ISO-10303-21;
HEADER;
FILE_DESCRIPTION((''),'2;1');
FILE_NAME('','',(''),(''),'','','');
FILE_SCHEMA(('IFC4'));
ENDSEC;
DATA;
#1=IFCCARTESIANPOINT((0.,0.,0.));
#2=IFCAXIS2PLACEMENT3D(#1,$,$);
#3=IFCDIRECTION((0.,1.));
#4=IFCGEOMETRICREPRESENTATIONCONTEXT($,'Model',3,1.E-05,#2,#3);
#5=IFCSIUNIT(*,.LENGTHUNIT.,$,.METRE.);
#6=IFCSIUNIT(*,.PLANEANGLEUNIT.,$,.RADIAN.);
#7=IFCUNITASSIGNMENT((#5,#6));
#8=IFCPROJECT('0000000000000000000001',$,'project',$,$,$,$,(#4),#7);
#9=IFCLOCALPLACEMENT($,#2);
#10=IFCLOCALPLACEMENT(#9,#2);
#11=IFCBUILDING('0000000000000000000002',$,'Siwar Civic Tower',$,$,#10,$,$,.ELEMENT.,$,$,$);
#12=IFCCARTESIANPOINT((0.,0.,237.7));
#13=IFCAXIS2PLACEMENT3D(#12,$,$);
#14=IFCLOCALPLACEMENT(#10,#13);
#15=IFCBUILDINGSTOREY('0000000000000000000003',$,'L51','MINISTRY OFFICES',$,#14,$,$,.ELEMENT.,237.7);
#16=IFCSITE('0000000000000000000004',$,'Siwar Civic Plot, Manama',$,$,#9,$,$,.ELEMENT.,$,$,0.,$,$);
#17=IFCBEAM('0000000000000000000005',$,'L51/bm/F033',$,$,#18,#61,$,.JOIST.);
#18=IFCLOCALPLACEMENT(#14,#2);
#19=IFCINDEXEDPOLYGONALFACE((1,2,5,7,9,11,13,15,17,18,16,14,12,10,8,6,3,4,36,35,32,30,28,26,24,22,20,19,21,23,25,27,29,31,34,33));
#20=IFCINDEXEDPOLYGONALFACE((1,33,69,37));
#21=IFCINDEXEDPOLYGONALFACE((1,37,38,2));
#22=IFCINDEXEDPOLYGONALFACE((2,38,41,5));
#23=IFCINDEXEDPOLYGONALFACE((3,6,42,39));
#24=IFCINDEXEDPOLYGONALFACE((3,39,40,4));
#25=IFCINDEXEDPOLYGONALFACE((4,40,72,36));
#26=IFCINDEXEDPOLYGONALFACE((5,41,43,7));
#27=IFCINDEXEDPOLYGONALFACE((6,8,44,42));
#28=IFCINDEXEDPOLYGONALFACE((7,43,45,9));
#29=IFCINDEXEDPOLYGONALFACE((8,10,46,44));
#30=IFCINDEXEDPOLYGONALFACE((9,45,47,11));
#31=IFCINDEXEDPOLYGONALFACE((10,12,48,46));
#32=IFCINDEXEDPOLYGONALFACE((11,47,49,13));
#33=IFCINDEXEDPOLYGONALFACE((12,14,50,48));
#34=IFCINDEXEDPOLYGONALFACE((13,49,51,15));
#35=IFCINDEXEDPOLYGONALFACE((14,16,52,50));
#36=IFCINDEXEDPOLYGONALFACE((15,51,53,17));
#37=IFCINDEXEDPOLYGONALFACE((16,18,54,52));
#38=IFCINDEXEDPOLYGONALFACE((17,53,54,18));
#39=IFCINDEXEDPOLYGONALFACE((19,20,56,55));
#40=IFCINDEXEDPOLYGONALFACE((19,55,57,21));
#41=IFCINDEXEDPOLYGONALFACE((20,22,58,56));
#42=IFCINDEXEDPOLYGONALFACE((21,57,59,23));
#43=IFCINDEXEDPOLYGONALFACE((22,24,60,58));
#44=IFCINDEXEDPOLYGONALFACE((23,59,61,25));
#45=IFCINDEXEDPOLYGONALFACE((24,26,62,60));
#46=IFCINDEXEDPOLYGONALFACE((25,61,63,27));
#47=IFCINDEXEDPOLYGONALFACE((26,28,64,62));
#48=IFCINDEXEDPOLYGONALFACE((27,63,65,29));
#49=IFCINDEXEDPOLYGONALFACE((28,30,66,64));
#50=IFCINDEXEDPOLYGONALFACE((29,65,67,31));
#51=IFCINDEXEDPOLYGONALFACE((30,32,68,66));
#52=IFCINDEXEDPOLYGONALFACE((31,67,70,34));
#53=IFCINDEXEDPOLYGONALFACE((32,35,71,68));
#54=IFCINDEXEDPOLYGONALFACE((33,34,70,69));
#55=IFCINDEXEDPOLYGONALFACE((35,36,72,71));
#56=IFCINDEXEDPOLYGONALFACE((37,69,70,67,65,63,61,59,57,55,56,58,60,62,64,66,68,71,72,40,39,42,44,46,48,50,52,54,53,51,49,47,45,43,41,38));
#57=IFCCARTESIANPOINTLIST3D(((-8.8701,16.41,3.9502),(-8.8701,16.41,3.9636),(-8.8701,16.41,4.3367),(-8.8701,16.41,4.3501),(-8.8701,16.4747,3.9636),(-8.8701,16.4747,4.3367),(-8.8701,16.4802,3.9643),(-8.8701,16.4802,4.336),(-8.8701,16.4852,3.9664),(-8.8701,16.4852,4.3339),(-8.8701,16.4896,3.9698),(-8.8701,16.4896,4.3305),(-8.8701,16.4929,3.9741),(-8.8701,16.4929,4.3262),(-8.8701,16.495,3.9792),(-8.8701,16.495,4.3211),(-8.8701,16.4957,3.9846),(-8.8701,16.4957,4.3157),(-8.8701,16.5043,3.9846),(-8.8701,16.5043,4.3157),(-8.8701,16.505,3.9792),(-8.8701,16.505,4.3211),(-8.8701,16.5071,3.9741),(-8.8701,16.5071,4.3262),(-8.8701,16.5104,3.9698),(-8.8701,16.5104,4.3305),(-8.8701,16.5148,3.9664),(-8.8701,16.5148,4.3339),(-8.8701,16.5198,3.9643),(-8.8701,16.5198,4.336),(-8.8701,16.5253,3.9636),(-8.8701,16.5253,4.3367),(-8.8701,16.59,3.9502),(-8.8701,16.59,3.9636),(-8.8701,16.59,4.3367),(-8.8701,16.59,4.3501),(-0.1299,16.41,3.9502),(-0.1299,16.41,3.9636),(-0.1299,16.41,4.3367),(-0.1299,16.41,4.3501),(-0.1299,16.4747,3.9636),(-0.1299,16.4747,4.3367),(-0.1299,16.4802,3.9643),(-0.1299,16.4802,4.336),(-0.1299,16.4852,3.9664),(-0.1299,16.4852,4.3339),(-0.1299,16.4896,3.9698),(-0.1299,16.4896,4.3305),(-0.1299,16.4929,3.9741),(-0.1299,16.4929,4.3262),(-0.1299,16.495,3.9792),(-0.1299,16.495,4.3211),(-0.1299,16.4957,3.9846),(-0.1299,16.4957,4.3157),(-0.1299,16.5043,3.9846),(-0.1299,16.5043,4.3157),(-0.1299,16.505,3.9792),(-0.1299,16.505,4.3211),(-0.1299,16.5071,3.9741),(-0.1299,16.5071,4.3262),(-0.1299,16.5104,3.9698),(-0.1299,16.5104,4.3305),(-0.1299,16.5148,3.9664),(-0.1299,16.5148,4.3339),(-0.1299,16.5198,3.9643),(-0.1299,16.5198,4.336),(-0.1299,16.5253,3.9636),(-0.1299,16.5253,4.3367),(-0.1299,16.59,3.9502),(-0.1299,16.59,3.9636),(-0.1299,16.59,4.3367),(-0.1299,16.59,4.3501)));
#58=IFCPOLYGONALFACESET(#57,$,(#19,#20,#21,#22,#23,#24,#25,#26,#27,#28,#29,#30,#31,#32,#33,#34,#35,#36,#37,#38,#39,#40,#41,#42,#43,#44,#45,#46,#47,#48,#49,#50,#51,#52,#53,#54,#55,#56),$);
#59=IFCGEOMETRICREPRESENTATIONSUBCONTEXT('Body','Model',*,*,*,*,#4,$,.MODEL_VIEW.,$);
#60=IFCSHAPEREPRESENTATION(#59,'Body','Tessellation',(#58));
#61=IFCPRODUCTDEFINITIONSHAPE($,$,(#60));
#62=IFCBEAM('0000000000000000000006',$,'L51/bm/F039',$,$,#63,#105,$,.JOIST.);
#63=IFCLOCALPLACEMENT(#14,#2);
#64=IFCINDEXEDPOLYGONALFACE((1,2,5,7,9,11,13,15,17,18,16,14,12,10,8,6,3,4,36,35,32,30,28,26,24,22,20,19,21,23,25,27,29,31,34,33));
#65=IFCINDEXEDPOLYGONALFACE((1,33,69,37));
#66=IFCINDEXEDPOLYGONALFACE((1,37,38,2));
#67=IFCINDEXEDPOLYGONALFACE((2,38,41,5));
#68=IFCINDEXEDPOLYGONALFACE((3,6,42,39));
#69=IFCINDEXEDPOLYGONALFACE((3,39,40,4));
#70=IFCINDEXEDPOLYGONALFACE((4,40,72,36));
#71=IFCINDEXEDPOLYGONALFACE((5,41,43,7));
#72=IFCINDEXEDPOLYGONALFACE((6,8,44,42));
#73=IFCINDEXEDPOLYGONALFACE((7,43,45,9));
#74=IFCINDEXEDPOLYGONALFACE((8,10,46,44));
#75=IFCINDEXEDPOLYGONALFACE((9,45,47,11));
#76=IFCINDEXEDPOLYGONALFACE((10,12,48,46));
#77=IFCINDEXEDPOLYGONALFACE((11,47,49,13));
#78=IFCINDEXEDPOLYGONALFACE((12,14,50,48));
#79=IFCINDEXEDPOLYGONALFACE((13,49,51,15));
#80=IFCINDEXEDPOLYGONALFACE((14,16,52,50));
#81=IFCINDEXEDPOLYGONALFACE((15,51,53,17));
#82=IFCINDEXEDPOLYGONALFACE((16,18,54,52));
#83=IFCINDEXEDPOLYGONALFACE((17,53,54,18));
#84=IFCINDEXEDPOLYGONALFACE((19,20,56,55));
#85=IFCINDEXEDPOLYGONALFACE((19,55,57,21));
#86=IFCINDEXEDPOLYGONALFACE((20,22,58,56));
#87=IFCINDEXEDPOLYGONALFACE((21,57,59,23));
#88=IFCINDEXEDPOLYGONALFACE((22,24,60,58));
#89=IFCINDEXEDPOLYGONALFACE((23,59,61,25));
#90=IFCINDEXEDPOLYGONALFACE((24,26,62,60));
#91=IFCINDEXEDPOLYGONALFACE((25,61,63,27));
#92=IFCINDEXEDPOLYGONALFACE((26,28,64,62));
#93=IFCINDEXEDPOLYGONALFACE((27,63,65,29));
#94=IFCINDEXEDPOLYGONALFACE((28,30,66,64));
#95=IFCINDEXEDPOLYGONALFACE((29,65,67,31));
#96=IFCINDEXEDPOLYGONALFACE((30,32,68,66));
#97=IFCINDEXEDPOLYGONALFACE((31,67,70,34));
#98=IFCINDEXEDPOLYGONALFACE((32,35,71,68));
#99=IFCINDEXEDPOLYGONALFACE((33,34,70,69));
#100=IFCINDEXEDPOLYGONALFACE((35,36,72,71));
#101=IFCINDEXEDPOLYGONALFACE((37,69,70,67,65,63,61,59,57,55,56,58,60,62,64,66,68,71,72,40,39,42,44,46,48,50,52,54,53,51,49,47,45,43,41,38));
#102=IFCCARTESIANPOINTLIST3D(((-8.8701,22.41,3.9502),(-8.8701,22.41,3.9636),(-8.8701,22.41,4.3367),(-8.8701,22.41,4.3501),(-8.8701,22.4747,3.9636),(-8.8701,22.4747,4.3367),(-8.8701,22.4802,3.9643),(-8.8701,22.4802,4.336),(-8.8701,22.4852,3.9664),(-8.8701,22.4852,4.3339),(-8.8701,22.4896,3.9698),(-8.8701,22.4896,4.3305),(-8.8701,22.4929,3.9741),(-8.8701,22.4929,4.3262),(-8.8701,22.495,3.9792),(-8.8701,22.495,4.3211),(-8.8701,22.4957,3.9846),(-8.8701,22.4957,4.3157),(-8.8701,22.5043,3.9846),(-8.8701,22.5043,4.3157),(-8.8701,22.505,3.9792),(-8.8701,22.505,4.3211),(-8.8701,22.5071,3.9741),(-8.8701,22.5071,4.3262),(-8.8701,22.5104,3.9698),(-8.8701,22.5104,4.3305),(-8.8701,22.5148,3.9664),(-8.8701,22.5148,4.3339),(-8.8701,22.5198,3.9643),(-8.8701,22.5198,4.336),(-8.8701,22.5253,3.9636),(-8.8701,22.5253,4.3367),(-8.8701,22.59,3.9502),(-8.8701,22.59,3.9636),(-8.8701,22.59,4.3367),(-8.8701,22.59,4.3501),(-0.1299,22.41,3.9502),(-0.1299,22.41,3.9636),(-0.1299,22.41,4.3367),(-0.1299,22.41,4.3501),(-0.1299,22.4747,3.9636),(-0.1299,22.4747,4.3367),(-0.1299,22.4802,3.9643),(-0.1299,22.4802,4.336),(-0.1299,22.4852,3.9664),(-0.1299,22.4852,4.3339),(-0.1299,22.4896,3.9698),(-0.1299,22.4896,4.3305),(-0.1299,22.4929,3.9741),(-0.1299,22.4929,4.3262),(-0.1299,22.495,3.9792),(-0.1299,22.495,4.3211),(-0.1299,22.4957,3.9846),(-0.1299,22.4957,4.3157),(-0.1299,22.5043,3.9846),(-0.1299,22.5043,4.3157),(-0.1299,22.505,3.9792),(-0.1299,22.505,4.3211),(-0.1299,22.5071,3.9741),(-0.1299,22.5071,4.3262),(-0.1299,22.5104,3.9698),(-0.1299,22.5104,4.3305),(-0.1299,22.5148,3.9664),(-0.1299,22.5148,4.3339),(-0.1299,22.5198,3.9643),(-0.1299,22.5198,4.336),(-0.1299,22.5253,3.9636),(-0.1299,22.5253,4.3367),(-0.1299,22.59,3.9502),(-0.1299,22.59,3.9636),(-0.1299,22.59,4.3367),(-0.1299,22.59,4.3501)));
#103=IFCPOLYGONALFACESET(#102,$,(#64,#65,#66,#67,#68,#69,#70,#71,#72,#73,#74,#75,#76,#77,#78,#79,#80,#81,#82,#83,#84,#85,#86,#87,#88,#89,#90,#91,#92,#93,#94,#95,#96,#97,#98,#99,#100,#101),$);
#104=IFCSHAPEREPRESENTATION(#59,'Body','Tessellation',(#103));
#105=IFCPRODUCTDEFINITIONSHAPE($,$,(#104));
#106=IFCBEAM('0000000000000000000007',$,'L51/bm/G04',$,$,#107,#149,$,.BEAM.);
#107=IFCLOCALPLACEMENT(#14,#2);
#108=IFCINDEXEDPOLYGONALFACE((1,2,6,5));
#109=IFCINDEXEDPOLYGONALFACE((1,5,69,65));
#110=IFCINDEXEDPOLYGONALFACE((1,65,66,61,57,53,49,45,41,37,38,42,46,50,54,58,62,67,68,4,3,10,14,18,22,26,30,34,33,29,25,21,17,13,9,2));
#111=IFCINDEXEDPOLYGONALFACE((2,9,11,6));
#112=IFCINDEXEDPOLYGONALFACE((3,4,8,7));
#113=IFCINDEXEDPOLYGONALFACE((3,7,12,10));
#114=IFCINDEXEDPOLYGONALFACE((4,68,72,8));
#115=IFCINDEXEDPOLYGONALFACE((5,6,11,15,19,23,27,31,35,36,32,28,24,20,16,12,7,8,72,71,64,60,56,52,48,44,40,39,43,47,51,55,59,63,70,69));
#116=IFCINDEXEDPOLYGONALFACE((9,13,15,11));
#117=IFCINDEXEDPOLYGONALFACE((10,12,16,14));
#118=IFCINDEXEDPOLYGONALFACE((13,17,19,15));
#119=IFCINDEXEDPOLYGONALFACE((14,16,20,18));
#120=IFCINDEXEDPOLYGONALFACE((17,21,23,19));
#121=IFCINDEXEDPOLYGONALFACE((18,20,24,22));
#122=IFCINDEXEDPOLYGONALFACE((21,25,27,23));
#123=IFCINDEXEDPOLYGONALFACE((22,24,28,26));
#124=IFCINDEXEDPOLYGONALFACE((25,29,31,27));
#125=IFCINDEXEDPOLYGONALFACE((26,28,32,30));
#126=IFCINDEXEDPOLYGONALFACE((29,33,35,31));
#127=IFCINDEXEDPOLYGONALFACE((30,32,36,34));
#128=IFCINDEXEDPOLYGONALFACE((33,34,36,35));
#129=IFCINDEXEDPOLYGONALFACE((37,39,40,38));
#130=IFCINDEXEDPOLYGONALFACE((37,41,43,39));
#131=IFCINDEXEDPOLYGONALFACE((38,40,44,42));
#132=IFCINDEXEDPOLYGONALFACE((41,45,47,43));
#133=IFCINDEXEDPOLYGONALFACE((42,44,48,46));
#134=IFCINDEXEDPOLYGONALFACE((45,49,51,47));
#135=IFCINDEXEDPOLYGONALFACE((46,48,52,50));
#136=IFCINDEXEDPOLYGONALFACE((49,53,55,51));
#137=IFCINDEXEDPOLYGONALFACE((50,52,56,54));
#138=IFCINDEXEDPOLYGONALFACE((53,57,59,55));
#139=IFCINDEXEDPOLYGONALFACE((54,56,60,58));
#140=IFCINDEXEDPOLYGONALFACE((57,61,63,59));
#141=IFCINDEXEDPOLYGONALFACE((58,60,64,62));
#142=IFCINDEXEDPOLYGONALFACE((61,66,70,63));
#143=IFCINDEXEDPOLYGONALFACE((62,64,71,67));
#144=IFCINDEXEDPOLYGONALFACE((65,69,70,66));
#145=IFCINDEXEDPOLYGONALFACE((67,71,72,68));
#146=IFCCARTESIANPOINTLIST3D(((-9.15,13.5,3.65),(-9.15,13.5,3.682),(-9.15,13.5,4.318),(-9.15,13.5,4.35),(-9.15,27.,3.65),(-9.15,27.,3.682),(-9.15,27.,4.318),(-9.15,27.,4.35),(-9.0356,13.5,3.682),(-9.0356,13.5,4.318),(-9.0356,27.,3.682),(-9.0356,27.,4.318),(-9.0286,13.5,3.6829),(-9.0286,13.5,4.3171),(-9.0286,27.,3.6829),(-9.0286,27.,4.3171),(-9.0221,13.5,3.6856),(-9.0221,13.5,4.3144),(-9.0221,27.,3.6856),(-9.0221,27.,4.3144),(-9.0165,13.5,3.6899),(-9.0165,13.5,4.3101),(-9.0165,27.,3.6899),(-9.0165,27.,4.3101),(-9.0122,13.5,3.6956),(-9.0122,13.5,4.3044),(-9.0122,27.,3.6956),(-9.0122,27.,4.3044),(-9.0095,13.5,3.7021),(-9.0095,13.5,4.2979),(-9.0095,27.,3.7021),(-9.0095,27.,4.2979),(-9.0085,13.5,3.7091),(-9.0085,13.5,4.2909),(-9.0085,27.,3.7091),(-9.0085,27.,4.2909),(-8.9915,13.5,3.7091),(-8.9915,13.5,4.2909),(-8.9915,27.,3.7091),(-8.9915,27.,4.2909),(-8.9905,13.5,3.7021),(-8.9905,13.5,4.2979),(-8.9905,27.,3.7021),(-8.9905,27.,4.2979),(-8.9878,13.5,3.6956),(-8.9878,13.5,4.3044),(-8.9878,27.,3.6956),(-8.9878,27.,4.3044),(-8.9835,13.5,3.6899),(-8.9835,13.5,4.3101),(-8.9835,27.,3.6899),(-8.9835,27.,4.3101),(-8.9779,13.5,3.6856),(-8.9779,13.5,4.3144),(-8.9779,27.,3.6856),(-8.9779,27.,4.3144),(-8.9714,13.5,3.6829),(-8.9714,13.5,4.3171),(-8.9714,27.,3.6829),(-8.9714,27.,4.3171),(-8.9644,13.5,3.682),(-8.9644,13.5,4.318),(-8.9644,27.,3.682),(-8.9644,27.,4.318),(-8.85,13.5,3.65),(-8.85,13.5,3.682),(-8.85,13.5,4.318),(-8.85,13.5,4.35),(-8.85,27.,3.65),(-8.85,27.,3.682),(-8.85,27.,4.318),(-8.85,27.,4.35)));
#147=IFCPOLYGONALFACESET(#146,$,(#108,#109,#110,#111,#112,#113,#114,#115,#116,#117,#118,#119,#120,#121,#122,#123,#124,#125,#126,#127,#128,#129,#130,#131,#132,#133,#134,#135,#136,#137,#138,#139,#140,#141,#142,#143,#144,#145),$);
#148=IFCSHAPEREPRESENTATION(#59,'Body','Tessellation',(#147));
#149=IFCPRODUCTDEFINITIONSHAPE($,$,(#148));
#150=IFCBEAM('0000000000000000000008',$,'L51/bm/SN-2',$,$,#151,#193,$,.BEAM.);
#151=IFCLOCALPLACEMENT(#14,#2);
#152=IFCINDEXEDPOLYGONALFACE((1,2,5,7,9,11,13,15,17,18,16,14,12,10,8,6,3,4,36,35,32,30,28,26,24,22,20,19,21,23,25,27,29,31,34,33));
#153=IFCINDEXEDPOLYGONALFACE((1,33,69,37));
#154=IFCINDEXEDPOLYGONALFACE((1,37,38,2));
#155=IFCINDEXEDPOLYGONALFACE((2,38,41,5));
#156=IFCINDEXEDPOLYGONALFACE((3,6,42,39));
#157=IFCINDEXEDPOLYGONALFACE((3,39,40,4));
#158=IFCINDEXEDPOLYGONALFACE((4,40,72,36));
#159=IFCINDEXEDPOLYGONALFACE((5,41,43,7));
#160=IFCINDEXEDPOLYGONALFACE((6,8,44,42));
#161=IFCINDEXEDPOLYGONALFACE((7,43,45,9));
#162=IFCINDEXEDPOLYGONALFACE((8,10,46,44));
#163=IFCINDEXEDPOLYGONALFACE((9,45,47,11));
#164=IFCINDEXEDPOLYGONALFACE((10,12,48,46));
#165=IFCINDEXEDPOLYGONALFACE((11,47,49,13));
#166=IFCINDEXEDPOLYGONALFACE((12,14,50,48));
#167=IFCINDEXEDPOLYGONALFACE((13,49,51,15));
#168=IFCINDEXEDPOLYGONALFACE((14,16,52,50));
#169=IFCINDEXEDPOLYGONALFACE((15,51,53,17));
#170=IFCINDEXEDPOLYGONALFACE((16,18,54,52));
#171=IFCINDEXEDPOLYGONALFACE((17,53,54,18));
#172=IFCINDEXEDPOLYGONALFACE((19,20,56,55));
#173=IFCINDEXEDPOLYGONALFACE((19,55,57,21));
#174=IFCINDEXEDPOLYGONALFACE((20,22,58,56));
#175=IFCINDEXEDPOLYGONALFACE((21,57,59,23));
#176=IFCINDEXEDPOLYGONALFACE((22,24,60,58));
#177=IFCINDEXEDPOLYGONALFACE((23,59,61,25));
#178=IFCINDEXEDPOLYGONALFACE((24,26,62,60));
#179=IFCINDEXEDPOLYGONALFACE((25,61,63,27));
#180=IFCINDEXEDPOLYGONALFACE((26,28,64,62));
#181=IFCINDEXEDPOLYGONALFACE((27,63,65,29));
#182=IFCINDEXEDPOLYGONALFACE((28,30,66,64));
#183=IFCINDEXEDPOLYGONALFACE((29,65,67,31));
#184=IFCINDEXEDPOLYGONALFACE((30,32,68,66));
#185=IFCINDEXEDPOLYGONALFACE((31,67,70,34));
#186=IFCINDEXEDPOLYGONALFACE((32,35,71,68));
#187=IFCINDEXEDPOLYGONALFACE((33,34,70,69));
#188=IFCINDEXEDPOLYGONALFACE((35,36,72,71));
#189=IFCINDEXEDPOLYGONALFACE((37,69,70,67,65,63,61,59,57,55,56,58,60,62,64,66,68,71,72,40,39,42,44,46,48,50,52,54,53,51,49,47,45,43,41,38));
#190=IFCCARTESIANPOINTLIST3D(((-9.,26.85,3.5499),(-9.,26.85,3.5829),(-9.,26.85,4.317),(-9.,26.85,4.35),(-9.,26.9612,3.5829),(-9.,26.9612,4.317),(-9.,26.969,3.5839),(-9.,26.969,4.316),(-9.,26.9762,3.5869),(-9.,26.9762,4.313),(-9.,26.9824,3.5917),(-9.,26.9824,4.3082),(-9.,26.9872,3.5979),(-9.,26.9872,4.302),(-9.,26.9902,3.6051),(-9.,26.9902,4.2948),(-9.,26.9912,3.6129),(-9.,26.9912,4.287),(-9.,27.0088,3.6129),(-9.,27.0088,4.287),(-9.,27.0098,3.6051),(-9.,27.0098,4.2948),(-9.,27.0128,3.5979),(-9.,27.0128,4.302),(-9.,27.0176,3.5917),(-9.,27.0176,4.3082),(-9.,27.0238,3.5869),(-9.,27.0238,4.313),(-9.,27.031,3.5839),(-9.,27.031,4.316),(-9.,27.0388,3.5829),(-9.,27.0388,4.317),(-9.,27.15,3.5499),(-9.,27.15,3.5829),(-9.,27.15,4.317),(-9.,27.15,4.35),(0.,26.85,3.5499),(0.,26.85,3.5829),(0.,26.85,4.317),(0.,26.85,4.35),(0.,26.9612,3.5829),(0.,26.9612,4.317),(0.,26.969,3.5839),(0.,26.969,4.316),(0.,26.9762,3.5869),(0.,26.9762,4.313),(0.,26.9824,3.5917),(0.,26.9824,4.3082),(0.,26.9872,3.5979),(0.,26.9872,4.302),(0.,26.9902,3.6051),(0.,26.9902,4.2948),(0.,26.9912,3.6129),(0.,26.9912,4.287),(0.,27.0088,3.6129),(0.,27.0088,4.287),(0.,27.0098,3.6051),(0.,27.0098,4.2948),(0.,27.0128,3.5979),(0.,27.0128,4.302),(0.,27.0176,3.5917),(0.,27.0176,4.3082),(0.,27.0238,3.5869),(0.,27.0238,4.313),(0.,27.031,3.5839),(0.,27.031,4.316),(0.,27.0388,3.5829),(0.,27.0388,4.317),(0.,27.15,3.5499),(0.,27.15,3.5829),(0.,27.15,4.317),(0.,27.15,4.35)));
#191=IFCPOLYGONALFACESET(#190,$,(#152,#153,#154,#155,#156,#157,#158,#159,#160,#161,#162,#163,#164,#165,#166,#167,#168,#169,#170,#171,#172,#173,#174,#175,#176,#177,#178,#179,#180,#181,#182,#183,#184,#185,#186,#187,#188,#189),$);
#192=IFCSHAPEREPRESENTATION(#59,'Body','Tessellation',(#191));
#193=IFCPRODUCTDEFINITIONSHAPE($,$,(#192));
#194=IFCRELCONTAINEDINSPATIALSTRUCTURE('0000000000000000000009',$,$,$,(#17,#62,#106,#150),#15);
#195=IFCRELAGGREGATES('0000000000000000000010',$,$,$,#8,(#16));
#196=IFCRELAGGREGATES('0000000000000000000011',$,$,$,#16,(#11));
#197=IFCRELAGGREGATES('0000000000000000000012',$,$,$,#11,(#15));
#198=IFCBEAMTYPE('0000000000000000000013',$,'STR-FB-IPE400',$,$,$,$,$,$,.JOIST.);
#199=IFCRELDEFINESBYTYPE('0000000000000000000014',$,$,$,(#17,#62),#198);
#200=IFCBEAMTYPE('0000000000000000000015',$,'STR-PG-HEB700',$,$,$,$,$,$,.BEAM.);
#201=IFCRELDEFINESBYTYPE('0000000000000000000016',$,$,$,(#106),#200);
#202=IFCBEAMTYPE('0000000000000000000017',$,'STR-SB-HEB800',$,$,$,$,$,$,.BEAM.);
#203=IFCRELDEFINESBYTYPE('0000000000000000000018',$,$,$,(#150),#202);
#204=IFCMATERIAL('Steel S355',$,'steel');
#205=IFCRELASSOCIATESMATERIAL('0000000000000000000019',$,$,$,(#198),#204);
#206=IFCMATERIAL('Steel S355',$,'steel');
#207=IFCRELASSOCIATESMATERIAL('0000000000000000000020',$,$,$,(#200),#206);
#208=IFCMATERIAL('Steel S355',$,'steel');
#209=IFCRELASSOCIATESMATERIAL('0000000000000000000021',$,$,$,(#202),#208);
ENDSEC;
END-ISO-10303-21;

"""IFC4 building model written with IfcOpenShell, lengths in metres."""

from ifc_helpers import new_model, si_unit, direction, frame, origin, origin_2d, place, context, subcontext, project, spatial, i_section, extrude, material, material_profile, profile_set, type_object, element, save


model = new_model("IFC4")

# Units and contexts
model_context = context("Model", 3, precision=1e-05, world=origin(), true_north=direction((0.0, 1.0)))
body_context = subcontext(model_context, "Body", "Model", "MODEL_VIEW")
ifc_project = project(units=[si_unit("LENGTHUNIT", "METRE"), si_unit("PLANEANGLEUNIT", "RADIAN")], contexts=[model_context])

# Site, building, storey
site_placement = place(None, origin())
site = spatial("IfcSite", under=ifc_project, at=site_placement, Name="Siwar Civic Plot, Manama", CompositionType="ELEMENT", RefElevation=0.0)
building_placement = place(site_placement, origin())
building = spatial("IfcBuilding", under=site, at=building_placement, Name="Siwar Civic Tower", CompositionType="ELEMENT")
storey_placement = place(building_placement, frame((0.0, 0.0, 237.7)))
storey = spatial("IfcBuildingStorey", under=building, at=storey_placement, Name="L51", Description="MINISTRY OFFICES", CompositionType="ELEMENT", Elevation=237.7)

# Beams
ifc_material_1 = material(Name="Steel S355", Category="steel")
ifc_material_profile_1 = material_profile(ifc_material_1, i_section(OverallWidth=0.1799, OverallDepth=0.3999, WebThickness=0.0085, FlangeThickness=0.0134, FilletRadius=0.021, at=origin_2d()), Name="IPE400")
ifc_profile_set_1 = profile_set([ifc_material_profile_1], Name="Steel S355")
beam_type_1 = type_object("IfcBeamType", Name="STR-FB-IPE400", PredefinedType="JOIST", material=ifc_profile_set_1)
for number, where, z_axis, x_axis, name in (
    (1, (-8.8701, 16.5, 4.1501), (1.0, 0.0, 0.0), (0.0, 1.0, 0.0), "L51/bm/F033"),
    (2, (-8.8701, 22.5, 4.1501), (1.0, 0.0, 0.0), (0.0, 1.0, 0.0), "L51/bm/F039"),
):
    element("IfcBeam", number, at=place(storey_placement, frame(where, z_axis=z_axis, x_axis=x_axis)), inside=storey, type_object=beam_type_1, Name=name, PredefinedType="JOIST", context=body_context, shape_type="SweptSolid", body=[
        extrude(i_section(OverallWidth=0.1799, OverallDepth=0.3999, WebThickness=0.0085, FlangeThickness=0.0134, FilletRadius=0.021, at=origin_2d()), origin(), (0.0, 0.0, 1.0), 8.7402),
    ])
ifc_material_2 = material(Name="Steel S355", Category="steel")
ifc_material_profile_2 = material_profile(ifc_material_2, i_section(OverallWidth=0.3, OverallDepth=0.7, WebThickness=0.0171, FlangeThickness=0.032, FilletRadius=0.0271, at=origin_2d()), Name="HEB700")
ifc_profile_set_2 = profile_set([ifc_material_profile_2], Name="Steel S355")
beam_type_2 = type_object("IfcBeamType", Name="STR-PG-HEB700", PredefinedType="BEAM", material=ifc_profile_set_2)
beam_1_placement = place(storey_placement, frame((-9.0, 13.5, 4.0), z_axis=(0.0, 1.0, 0.0), x_axis=(-1.0, 0.0, 0.0)))
element("IfcBeam", 3, at=beam_1_placement, inside=storey, type_object=beam_type_2, Name="L51/bm/G04", PredefinedType="BEAM", context=body_context, shape_type="SweptSolid", body=[
    extrude(i_section(OverallWidth=0.3, OverallDepth=0.7, WebThickness=0.0171, FlangeThickness=0.032, FilletRadius=0.0271, at=origin_2d()), origin(), (0.0, 0.0, 1.0), 13.5),
])
ifc_material_3 = material(Name="Steel S355", Category="steel")
ifc_material_profile_3 = material_profile(ifc_material_3, i_section(OverallWidth=0.3, OverallDepth=0.8, WebThickness=0.0176, FlangeThickness=0.033, FilletRadius=0.03, at=origin_2d()), Name="HEB800")
ifc_profile_set_3 = profile_set([ifc_material_profile_3], Name="Steel S355")
beam_type_3 = type_object("IfcBeamType", Name="STR-SB-HEB800", PredefinedType="BEAM", material=ifc_profile_set_3)
for number, where, z_axis, x_axis, name in (
    (4, (0.0, 27.0, 3.95), (-1.0, 0.0, 0.0), (0.0, -1.0, 0.0), "L51/bm/SN-2"),
):
    element("IfcBeam", number, at=place(storey_placement, frame(where, z_axis=z_axis, x_axis=x_axis)), inside=storey, type_object=beam_type_3, Name=name, PredefinedType="BEAM", context=body_context, shape_type="SweptSolid", body=[
        extrude(i_section(OverallWidth=0.3, OverallDepth=0.8, WebThickness=0.0176, FlangeThickness=0.033, FilletRadius=0.03, at=origin_2d()), origin(), (0.0, 0.0, 1.0), 9.0),
    ])

save(model, "model.ifc")
